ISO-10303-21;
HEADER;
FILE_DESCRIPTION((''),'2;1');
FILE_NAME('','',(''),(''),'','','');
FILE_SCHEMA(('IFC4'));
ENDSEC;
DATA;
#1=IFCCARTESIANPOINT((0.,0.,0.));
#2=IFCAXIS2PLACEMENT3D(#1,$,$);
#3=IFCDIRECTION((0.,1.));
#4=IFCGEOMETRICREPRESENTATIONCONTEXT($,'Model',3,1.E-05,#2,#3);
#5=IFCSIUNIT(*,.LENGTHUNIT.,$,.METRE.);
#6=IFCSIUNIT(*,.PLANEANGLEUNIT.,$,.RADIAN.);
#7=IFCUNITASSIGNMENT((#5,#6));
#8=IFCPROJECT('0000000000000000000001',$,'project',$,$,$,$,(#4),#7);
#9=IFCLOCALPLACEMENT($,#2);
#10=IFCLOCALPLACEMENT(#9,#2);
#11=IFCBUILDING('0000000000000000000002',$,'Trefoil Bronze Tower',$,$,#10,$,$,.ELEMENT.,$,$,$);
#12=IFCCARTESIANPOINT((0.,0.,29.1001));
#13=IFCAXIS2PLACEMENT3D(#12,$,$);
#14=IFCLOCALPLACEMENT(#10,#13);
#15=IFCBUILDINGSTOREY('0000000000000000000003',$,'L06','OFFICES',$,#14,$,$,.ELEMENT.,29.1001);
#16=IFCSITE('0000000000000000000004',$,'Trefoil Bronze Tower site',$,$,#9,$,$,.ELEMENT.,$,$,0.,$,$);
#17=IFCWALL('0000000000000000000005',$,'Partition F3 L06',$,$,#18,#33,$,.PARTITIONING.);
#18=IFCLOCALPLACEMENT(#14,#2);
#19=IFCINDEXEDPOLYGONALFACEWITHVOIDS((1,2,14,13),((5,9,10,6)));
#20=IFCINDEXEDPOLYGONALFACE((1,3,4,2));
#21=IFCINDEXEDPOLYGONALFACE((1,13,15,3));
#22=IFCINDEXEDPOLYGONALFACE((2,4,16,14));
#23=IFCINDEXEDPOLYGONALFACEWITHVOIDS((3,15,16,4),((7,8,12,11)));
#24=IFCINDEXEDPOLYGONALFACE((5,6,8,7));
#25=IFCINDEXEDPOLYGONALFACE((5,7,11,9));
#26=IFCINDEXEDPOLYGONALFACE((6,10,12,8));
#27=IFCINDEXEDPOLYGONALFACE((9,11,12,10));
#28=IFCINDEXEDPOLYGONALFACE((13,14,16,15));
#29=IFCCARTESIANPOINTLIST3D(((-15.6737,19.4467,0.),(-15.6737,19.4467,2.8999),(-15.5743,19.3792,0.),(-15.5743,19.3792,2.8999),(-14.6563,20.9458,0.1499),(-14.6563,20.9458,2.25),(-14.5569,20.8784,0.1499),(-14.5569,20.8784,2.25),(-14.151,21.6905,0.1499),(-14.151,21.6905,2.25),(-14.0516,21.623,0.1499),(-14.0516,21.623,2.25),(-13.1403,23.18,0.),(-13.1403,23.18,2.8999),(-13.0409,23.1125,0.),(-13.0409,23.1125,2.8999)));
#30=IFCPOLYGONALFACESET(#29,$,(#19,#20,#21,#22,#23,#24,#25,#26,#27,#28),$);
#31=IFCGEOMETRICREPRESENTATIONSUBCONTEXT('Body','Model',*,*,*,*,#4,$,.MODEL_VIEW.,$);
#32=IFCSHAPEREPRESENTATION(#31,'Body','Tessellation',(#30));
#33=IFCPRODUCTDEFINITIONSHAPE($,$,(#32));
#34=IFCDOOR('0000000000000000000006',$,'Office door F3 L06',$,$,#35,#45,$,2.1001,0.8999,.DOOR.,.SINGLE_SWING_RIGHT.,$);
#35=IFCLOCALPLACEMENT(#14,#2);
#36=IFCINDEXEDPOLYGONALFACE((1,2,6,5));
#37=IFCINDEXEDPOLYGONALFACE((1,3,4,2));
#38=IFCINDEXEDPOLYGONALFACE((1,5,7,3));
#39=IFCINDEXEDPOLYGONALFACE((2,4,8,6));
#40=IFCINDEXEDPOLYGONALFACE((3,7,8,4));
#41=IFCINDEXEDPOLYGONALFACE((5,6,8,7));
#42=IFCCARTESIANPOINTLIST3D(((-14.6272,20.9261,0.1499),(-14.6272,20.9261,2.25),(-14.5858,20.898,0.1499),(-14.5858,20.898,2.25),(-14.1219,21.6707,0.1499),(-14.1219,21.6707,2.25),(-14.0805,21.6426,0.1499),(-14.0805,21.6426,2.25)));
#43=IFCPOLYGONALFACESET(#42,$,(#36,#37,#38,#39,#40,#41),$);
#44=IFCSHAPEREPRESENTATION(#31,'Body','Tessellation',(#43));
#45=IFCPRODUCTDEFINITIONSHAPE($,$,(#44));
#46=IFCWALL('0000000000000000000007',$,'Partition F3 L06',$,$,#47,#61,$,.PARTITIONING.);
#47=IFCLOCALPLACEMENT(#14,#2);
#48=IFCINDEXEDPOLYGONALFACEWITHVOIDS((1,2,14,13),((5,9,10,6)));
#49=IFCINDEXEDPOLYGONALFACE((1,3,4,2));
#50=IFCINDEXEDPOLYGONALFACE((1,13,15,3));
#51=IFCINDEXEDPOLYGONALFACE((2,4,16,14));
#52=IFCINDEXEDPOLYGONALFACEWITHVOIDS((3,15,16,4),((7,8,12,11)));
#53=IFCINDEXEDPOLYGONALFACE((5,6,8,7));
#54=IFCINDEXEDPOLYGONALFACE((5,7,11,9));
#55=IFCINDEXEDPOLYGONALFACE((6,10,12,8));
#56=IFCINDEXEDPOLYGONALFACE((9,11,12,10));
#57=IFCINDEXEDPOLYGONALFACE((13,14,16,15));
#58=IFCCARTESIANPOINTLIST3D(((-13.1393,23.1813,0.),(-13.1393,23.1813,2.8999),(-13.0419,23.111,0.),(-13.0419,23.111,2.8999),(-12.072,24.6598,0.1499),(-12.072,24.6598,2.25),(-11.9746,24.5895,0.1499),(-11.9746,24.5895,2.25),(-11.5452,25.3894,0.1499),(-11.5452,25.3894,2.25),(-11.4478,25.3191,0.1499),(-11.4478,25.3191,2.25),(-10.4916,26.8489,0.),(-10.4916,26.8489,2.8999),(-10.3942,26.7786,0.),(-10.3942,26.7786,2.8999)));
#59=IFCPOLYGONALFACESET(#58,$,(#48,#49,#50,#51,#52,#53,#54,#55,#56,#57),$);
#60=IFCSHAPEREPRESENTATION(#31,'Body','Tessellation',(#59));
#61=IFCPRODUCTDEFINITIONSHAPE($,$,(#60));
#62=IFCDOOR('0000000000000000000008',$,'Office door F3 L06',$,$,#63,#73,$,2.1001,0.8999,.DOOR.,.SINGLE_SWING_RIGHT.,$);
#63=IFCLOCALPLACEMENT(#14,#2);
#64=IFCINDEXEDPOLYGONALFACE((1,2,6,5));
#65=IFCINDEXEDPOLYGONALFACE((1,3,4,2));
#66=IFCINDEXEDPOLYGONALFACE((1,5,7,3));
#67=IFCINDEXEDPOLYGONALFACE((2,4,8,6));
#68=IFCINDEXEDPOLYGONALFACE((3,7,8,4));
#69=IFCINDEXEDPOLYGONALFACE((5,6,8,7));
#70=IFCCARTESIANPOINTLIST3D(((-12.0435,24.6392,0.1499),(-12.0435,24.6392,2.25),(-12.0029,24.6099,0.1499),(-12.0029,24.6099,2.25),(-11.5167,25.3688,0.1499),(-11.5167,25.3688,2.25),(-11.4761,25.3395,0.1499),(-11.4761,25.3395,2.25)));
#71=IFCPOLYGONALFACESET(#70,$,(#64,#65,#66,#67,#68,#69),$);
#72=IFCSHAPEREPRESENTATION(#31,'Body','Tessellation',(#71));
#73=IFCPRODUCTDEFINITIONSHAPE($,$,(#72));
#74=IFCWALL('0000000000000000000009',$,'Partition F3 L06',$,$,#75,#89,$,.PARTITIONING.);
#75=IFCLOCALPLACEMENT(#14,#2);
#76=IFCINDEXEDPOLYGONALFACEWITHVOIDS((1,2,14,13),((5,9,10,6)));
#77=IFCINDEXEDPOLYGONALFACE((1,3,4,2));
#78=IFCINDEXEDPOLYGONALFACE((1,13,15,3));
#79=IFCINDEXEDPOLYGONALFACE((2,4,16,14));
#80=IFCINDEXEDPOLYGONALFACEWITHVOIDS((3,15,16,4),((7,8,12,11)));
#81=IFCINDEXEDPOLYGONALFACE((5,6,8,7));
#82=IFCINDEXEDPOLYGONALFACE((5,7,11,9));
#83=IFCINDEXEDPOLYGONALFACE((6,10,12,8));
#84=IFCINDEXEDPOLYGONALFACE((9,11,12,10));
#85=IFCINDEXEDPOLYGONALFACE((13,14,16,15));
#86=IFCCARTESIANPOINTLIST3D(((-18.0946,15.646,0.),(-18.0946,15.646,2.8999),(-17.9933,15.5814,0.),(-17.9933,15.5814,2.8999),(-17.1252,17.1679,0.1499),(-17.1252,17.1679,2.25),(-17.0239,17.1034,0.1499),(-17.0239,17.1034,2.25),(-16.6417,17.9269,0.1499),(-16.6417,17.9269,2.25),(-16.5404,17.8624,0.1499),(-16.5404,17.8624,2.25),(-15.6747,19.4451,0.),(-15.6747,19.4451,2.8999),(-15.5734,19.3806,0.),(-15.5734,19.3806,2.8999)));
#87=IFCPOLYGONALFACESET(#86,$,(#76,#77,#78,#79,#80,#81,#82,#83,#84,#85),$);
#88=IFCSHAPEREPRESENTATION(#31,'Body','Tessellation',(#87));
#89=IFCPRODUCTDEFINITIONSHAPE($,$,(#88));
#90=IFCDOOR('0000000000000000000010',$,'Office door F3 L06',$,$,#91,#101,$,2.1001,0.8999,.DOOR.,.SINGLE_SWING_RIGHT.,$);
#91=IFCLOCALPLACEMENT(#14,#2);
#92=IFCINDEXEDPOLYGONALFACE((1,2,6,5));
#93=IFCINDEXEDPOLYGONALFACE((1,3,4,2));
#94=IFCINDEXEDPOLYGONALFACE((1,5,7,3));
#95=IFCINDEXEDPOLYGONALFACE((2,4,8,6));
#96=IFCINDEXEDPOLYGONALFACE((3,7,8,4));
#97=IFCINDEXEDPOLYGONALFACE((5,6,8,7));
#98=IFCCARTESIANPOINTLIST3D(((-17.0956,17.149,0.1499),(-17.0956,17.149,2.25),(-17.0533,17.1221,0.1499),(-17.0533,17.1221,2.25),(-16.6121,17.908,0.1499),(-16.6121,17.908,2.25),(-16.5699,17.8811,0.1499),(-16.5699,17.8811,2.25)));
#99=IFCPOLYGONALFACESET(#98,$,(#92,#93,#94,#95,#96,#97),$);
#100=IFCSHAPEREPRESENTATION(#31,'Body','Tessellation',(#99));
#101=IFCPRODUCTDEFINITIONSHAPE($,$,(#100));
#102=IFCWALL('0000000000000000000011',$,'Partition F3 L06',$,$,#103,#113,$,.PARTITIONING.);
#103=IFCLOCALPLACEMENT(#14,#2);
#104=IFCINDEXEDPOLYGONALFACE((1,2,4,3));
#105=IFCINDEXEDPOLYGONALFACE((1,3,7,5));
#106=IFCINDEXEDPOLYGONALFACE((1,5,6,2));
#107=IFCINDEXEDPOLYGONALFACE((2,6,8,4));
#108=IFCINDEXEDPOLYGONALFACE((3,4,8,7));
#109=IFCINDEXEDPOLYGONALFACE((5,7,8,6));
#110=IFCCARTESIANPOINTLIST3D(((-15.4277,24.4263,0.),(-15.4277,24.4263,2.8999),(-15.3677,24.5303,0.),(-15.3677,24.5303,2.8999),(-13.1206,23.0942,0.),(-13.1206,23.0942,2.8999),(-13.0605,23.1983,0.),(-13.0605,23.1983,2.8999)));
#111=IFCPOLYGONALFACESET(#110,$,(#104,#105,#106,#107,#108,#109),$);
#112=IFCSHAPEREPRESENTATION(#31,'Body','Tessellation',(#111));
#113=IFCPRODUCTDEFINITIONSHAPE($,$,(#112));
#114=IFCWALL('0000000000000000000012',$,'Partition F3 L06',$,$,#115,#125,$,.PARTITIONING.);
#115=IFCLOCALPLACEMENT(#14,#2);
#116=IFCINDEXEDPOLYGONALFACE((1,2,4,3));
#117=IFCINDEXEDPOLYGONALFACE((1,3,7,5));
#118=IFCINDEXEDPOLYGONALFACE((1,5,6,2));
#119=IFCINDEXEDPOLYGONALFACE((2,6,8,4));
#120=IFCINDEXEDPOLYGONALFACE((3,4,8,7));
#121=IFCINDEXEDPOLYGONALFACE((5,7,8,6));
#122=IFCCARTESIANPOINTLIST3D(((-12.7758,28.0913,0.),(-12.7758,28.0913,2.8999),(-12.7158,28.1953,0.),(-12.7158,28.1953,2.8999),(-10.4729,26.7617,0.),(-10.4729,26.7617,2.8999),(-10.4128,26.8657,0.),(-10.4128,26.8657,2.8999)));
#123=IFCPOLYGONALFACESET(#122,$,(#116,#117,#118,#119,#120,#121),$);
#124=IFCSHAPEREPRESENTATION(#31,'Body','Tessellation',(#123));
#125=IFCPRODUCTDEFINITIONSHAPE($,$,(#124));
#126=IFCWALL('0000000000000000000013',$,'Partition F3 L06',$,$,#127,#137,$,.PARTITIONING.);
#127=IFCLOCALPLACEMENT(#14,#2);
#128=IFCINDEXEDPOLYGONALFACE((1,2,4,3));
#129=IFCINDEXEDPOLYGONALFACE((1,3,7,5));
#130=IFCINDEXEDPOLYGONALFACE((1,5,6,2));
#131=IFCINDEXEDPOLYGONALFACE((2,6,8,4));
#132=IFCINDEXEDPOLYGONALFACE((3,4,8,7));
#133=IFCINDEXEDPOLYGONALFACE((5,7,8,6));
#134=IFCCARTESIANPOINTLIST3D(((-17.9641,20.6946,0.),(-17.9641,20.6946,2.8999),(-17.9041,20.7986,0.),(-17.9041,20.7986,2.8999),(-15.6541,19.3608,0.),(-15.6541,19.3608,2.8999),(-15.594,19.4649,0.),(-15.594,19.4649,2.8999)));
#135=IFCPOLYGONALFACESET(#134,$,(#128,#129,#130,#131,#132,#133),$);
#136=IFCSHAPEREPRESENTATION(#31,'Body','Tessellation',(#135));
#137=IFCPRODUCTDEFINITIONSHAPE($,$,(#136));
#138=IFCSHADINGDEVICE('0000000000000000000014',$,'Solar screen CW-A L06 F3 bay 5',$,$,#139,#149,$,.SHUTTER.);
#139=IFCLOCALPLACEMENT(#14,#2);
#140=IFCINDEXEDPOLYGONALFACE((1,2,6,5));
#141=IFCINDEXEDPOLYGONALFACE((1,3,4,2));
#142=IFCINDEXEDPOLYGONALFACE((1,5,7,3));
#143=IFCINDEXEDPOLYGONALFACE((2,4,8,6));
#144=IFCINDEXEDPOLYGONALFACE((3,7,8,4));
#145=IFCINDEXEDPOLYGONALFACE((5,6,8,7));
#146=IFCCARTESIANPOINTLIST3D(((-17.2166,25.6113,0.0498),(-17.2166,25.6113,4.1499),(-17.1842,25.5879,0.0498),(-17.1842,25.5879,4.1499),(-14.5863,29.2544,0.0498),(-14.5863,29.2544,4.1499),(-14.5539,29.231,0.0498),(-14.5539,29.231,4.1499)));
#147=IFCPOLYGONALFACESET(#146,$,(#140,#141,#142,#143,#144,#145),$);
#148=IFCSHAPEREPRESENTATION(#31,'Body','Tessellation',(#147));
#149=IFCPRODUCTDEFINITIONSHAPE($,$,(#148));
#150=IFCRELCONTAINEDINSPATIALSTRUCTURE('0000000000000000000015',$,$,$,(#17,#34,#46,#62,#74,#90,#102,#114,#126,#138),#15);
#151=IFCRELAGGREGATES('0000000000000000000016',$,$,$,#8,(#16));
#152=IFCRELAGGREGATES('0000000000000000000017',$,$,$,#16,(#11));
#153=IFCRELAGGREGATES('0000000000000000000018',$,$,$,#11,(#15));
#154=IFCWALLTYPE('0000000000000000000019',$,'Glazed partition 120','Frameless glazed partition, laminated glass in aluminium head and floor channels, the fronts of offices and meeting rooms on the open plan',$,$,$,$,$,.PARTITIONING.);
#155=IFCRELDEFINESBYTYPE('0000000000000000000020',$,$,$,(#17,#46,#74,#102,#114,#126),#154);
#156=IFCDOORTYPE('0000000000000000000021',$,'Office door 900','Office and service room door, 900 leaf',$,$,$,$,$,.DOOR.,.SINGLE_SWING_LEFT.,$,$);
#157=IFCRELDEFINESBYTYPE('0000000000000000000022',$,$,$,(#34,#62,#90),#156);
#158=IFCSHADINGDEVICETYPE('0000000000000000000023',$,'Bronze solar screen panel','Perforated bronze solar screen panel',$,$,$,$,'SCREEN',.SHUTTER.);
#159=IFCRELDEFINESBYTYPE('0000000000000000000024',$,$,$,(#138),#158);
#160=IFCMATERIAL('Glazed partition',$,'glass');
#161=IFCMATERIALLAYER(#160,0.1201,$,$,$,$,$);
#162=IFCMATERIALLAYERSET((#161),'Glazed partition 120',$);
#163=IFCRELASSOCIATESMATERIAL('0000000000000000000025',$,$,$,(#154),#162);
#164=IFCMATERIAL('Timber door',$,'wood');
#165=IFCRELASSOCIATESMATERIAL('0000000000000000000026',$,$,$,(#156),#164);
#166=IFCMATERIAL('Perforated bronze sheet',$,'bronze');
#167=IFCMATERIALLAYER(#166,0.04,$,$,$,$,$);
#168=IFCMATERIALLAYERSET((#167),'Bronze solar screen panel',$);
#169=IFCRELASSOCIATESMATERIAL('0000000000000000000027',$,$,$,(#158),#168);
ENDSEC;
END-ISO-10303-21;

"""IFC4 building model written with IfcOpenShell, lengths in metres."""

from ifc_helpers import new_model, si_unit, direction, frame, frame_2d, origin, origin_2d, place, context, subcontext, project, spatial, rectangle, extrude, material, layer, layer_set, type_object, element, fill, save


model = new_model("IFC4")

# Units and contexts
model_context = context("Model", 3, precision=1e-05, world=origin(), true_north=direction((0.0, 1.0)))
body_context = subcontext(model_context, "Body", "Model", "MODEL_VIEW")
ifc_project = project(units=[si_unit("LENGTHUNIT", "METRE"), si_unit("PLANEANGLEUNIT", "RADIAN")], contexts=[model_context])

# Site, building, storey
site_placement = place(None, origin())
site = spatial("IfcSite", under=ifc_project, at=site_placement, Name="Trefoil Bronze Tower site", CompositionType="ELEMENT", RefElevation=0.0)
building_placement = place(site_placement, origin())
building = spatial("IfcBuilding", under=site, at=building_placement, Name="Trefoil Bronze Tower", CompositionType="ELEMENT")
storey_placement = place(building_placement, frame((0.0, 0.0, 29.1001)))
storey = spatial("IfcBuildingStorey", under=building, at=storey_placement, Name="L06", Description="OFFICES", CompositionType="ELEMENT", Elevation=29.1001)

# Shared definitions
ifc_material_1 = material(Name="Glazed partition", Category="glass")
ifc_layer_1 = layer(ifc_material_1, 0.1201)
ifc_layer_set_1 = layer_set([ifc_layer_1], Name="Glazed partition 120")
wall_type_1 = type_object("IfcWallType", Name="Glazed partition 120", Description="Frameless glazed partition, laminated glass in aluminium head and floor channels, the fronts of offices and meeting rooms on the open plan", PredefinedType="PARTITIONING", material=ifc_layer_set_1)
ifc_material_2 = material(Name="Timber door", Category="wood")
door_type_1 = type_object("IfcDoorType", Name="Office door 900", Description="Office and service room door, 900 leaf", OperationType="SINGLE_SWING_LEFT", PredefinedType="DOOR", material=ifc_material_2)

# Walls, openings, doors
wall_1_placement = place(storey_placement, frame((-13.0906, 23.1462, 0.0), z_axis=(0.0, 0.0, 1.0), x_axis=(-0.561512, -0.827469, 0.0)))
wall_1 = element("IfcWall", 1, at=wall_1_placement, inside=storey, type_object=wall_type_1, Name="Partition F3 L06", PredefinedType="PARTITIONING", context=body_context, shape_type="SweptSolid", body=[
    extrude(rectangle(XDim=4.5117, YDim=0.1201, at=frame_2d((2.2559, 0.0))), origin(), (0.0, 0.0, 1.0), 2.8999),
])
opening_1_placement = place(wall_1_placement, frame((1.8, 0.0, 0.1499)))
opening_1 = element("IfcOpeningElement", 2, at=opening_1_placement, cuts=wall_1, PredefinedType="OPENING", context=body_context, shape_type="SweptSolid", body=[
    extrude(rectangle(XDim=0.8999, YDim=2.1001, at=frame_2d((0.45, 1.05))), frame((0.0, 0.0701, 0.0), z_axis=(0.0, -1.0, 0.0), x_axis=(1.0, 0.0, 0.0)), (0.0, 0.0, 1.0), 0.1401),
])
door_1_placement = place(opening_1_placement, frame((0.8999, 0.0, 0.0), z_axis=(0.0, 0.0, 1.0), x_axis=(-1.0, 0.0, 0.0)))
door_1 = element("IfcDoor", 3, at=door_1_placement, inside=storey, type_object=door_type_1, Name="Office door F3 L06", OperationType="SINGLE_SWING_RIGHT", OverallHeight=2.1001, OverallWidth=0.8999, PredefinedType="DOOR", context=body_context, shape_type="SweptSolid", body=[
    extrude(rectangle(XDim=0.8999, YDim=2.1001, at=frame_2d((0.45, 1.05))), frame((0.0, 0.0249, 0.0), z_axis=(0.0, -1.0, 0.0), x_axis=(1.0, 0.0, 0.0)), (0.0, 0.0, 1.0), 0.05),
])
fill(opening_1, door_1)
wall_2_placement = place(storey_placement, frame((-10.4429, 26.8137, 0.0), z_axis=(0.0, 0.0, 1.0), x_axis=(-0.585341, -0.810787, 0.0)))
wall_2 = element("IfcWall", 4, at=wall_2_placement, inside=storey, type_object=wall_type_1, Name="Partition F3 L06", PredefinedType="PARTITIONING", context=body_context, shape_type="SweptSolid", body=[
    extrude(rectangle(XDim=4.5234, YDim=0.1201, at=frame_2d((2.2617, 0.0))), origin(), (0.0, 0.0, 1.0), 2.8999),
])
opening_2_placement = place(wall_2_placement, frame((1.8, 0.0, 0.1499)))
opening_2 = element("IfcOpeningElement", 5, at=opening_2_placement, cuts=wall_2, PredefinedType="OPENING", context=body_context, shape_type="SweptSolid", body=[
    extrude(rectangle(XDim=0.8999, YDim=2.1001, at=frame_2d((0.45, 1.05))), frame((0.0, 0.0701, 0.0), z_axis=(0.0, -1.0, 0.0), x_axis=(1.0, 0.0, 0.0)), (0.0, 0.0, 1.0), 0.1401),
])
door_2_placement = place(opening_2_placement, frame((0.8999, 0.0, 0.0), z_axis=(0.0, 0.0, 1.0), x_axis=(-1.0, 0.0, 0.0)))
door_2 = element("IfcDoor", 6, at=door_2_placement, inside=storey, type_object=door_type_1, Name="Office door F3 L06", OperationType="SINGLE_SWING_RIGHT", OverallHeight=2.1001, OverallWidth=0.8999, PredefinedType="DOOR", context=body_context, shape_type="SweptSolid", body=[
    extrude(rectangle(XDim=0.8999, YDim=2.1001, at=frame_2d((0.45, 1.05))), frame((0.0, 0.0249, 0.0), z_axis=(0.0, -1.0, 0.0), x_axis=(1.0, 0.0, 0.0)), (0.0, 0.0, 1.0), 0.05),
])
fill(opening_2, door_2)
wall_3_placement = place(storey_placement, frame((-15.624, 19.4128, 0.0), z_axis=(0.0, 0.0, 1.0), x_axis=(-0.537244, -0.843427, 0.0)))
wall_3 = element("IfcWall", 7, at=wall_3_placement, inside=storey, type_object=wall_type_1, Name="Partition F3 L06", PredefinedType="PARTITIONING", context=body_context, shape_type="SweptSolid", body=[
    extrude(rectangle(XDim=4.5044, YDim=0.1201, at=frame_2d((2.2522, 0.0))), origin(), (0.0, 0.0, 1.0), 2.8999),
])
opening_3_placement = place(wall_3_placement, frame((1.8, 0.0, 0.1499)))
opening_3 = element("IfcOpeningElement", 8, at=opening_3_placement, cuts=wall_3, PredefinedType="OPENING", context=body_context, shape_type="SweptSolid", body=[
    extrude(rectangle(XDim=0.8999, YDim=2.1001, at=frame_2d((0.45, 1.05))), frame((0.0, 0.0701, 0.0), z_axis=(0.0, -1.0, 0.0), x_axis=(1.0, 0.0, 0.0)), (0.0, 0.0, 1.0), 0.1401),
])
door_3_placement = place(opening_3_placement, frame((0.8999, 0.0, 0.0), z_axis=(0.0, 0.0, 1.0), x_axis=(-1.0, 0.0, 0.0)))
door_3 = element("IfcDoor", 9, at=door_3_placement, inside=storey, type_object=door_type_1, Name="Office door F3 L06", OperationType="SINGLE_SWING_RIGHT", OverallHeight=2.1001, OverallWidth=0.8999, PredefinedType="DOOR", context=body_context, shape_type="SweptSolid", body=[
    extrude(rectangle(XDim=0.8999, YDim=2.1001, at=frame_2d((0.45, 1.05))), frame((0.0, 0.0249, 0.0), z_axis=(0.0, -1.0, 0.0), x_axis=(1.0, 0.0, 0.0)), (0.0, 0.0, 1.0), 0.05),
])
fill(opening_3, door_3)

# Walls
wall_4_placement = place(storey_placement, frame((-13.0906, 23.1462, 0.0), z_axis=(0.0, 0.0, 1.0), x_axis=(-0.866024, 0.500003, 0.0)))
element("IfcWall", 10, at=wall_4_placement, inside=storey, type_object=wall_type_1, Name="Partition F3 L06", PredefinedType="PARTITIONING", context=body_context, shape_type="SweptSolid", body=[
    extrude(rectangle(XDim=2.6641, YDim=0.1201, at=frame_2d((1.332, 0.0))), origin(), (0.0, 0.0, 1.0), 2.8999),
])
wall_5_placement = place(storey_placement, frame((-10.4429, 26.8137, 0.0), z_axis=(0.0, 0.0, 1.0), x_axis=(-0.866031, 0.49999, 0.0)))
element("IfcWall", 11, at=wall_5_placement, inside=storey, type_object=wall_type_1, Name="Partition F3 L06", PredefinedType="PARTITIONING", context=body_context, shape_type="SweptSolid", body=[
    extrude(rectangle(XDim=2.6592, YDim=0.1201, at=frame_2d((1.3296, 0.0))), origin(), (0.0, 0.0, 1.0), 2.8999),
])
wall_6_placement = place(storey_placement, frame((-15.624, 19.4128, 0.0), z_axis=(0.0, 0.0, 1.0), x_axis=(-0.866021, 0.500008, 0.0)))
element("IfcWall", 12, at=wall_6_placement, inside=storey, type_object=wall_type_1, Name="Partition F3 L06", PredefinedType="PARTITIONING", context=body_context, shape_type="SweptSolid", body=[
    extrude(rectangle(XDim=2.6675, YDim=0.1201, at=frame_2d((1.3337, 0.0))), origin(), (0.0, 0.0, 1.0), 2.8999),
])

# Shading device
ifc_material_3 = material(Name="Perforated bronze sheet", Category="bronze")
ifc_layer_2 = layer(ifc_material_3, 0.04)
ifc_layer_set_2 = layer_set([ifc_layer_2], Name="Bronze solar screen panel")
shading_device_type = type_object("IfcShadingDeviceType", Name="Bronze solar screen panel", Description="Perforated bronze solar screen panel", ElementType="SCREEN", PredefinedType="SHUTTER", material=ifc_layer_set_2)
shading_device_placement = place(storey_placement, frame((-15.8853, 27.4211, 0.0498), z_axis=(0.0, 0.0, 1.0), x_axis=(-0.585373, -0.810764, 0.0)))
element("IfcShadingDevice", 13, at=shading_device_placement, inside=storey, type_object=shading_device_type, Name="Solar screen CW-A L06 F3 bay 5", PredefinedType="SHUTTER", context=body_context, shape_type="SweptSolid", body=[
    extrude(rectangle(XDim=4.4934, YDim=0.04, at=origin_2d()), origin(), (0.0, 0.0, 1.0), 4.1001),
])

save(model, "model.ifc")
